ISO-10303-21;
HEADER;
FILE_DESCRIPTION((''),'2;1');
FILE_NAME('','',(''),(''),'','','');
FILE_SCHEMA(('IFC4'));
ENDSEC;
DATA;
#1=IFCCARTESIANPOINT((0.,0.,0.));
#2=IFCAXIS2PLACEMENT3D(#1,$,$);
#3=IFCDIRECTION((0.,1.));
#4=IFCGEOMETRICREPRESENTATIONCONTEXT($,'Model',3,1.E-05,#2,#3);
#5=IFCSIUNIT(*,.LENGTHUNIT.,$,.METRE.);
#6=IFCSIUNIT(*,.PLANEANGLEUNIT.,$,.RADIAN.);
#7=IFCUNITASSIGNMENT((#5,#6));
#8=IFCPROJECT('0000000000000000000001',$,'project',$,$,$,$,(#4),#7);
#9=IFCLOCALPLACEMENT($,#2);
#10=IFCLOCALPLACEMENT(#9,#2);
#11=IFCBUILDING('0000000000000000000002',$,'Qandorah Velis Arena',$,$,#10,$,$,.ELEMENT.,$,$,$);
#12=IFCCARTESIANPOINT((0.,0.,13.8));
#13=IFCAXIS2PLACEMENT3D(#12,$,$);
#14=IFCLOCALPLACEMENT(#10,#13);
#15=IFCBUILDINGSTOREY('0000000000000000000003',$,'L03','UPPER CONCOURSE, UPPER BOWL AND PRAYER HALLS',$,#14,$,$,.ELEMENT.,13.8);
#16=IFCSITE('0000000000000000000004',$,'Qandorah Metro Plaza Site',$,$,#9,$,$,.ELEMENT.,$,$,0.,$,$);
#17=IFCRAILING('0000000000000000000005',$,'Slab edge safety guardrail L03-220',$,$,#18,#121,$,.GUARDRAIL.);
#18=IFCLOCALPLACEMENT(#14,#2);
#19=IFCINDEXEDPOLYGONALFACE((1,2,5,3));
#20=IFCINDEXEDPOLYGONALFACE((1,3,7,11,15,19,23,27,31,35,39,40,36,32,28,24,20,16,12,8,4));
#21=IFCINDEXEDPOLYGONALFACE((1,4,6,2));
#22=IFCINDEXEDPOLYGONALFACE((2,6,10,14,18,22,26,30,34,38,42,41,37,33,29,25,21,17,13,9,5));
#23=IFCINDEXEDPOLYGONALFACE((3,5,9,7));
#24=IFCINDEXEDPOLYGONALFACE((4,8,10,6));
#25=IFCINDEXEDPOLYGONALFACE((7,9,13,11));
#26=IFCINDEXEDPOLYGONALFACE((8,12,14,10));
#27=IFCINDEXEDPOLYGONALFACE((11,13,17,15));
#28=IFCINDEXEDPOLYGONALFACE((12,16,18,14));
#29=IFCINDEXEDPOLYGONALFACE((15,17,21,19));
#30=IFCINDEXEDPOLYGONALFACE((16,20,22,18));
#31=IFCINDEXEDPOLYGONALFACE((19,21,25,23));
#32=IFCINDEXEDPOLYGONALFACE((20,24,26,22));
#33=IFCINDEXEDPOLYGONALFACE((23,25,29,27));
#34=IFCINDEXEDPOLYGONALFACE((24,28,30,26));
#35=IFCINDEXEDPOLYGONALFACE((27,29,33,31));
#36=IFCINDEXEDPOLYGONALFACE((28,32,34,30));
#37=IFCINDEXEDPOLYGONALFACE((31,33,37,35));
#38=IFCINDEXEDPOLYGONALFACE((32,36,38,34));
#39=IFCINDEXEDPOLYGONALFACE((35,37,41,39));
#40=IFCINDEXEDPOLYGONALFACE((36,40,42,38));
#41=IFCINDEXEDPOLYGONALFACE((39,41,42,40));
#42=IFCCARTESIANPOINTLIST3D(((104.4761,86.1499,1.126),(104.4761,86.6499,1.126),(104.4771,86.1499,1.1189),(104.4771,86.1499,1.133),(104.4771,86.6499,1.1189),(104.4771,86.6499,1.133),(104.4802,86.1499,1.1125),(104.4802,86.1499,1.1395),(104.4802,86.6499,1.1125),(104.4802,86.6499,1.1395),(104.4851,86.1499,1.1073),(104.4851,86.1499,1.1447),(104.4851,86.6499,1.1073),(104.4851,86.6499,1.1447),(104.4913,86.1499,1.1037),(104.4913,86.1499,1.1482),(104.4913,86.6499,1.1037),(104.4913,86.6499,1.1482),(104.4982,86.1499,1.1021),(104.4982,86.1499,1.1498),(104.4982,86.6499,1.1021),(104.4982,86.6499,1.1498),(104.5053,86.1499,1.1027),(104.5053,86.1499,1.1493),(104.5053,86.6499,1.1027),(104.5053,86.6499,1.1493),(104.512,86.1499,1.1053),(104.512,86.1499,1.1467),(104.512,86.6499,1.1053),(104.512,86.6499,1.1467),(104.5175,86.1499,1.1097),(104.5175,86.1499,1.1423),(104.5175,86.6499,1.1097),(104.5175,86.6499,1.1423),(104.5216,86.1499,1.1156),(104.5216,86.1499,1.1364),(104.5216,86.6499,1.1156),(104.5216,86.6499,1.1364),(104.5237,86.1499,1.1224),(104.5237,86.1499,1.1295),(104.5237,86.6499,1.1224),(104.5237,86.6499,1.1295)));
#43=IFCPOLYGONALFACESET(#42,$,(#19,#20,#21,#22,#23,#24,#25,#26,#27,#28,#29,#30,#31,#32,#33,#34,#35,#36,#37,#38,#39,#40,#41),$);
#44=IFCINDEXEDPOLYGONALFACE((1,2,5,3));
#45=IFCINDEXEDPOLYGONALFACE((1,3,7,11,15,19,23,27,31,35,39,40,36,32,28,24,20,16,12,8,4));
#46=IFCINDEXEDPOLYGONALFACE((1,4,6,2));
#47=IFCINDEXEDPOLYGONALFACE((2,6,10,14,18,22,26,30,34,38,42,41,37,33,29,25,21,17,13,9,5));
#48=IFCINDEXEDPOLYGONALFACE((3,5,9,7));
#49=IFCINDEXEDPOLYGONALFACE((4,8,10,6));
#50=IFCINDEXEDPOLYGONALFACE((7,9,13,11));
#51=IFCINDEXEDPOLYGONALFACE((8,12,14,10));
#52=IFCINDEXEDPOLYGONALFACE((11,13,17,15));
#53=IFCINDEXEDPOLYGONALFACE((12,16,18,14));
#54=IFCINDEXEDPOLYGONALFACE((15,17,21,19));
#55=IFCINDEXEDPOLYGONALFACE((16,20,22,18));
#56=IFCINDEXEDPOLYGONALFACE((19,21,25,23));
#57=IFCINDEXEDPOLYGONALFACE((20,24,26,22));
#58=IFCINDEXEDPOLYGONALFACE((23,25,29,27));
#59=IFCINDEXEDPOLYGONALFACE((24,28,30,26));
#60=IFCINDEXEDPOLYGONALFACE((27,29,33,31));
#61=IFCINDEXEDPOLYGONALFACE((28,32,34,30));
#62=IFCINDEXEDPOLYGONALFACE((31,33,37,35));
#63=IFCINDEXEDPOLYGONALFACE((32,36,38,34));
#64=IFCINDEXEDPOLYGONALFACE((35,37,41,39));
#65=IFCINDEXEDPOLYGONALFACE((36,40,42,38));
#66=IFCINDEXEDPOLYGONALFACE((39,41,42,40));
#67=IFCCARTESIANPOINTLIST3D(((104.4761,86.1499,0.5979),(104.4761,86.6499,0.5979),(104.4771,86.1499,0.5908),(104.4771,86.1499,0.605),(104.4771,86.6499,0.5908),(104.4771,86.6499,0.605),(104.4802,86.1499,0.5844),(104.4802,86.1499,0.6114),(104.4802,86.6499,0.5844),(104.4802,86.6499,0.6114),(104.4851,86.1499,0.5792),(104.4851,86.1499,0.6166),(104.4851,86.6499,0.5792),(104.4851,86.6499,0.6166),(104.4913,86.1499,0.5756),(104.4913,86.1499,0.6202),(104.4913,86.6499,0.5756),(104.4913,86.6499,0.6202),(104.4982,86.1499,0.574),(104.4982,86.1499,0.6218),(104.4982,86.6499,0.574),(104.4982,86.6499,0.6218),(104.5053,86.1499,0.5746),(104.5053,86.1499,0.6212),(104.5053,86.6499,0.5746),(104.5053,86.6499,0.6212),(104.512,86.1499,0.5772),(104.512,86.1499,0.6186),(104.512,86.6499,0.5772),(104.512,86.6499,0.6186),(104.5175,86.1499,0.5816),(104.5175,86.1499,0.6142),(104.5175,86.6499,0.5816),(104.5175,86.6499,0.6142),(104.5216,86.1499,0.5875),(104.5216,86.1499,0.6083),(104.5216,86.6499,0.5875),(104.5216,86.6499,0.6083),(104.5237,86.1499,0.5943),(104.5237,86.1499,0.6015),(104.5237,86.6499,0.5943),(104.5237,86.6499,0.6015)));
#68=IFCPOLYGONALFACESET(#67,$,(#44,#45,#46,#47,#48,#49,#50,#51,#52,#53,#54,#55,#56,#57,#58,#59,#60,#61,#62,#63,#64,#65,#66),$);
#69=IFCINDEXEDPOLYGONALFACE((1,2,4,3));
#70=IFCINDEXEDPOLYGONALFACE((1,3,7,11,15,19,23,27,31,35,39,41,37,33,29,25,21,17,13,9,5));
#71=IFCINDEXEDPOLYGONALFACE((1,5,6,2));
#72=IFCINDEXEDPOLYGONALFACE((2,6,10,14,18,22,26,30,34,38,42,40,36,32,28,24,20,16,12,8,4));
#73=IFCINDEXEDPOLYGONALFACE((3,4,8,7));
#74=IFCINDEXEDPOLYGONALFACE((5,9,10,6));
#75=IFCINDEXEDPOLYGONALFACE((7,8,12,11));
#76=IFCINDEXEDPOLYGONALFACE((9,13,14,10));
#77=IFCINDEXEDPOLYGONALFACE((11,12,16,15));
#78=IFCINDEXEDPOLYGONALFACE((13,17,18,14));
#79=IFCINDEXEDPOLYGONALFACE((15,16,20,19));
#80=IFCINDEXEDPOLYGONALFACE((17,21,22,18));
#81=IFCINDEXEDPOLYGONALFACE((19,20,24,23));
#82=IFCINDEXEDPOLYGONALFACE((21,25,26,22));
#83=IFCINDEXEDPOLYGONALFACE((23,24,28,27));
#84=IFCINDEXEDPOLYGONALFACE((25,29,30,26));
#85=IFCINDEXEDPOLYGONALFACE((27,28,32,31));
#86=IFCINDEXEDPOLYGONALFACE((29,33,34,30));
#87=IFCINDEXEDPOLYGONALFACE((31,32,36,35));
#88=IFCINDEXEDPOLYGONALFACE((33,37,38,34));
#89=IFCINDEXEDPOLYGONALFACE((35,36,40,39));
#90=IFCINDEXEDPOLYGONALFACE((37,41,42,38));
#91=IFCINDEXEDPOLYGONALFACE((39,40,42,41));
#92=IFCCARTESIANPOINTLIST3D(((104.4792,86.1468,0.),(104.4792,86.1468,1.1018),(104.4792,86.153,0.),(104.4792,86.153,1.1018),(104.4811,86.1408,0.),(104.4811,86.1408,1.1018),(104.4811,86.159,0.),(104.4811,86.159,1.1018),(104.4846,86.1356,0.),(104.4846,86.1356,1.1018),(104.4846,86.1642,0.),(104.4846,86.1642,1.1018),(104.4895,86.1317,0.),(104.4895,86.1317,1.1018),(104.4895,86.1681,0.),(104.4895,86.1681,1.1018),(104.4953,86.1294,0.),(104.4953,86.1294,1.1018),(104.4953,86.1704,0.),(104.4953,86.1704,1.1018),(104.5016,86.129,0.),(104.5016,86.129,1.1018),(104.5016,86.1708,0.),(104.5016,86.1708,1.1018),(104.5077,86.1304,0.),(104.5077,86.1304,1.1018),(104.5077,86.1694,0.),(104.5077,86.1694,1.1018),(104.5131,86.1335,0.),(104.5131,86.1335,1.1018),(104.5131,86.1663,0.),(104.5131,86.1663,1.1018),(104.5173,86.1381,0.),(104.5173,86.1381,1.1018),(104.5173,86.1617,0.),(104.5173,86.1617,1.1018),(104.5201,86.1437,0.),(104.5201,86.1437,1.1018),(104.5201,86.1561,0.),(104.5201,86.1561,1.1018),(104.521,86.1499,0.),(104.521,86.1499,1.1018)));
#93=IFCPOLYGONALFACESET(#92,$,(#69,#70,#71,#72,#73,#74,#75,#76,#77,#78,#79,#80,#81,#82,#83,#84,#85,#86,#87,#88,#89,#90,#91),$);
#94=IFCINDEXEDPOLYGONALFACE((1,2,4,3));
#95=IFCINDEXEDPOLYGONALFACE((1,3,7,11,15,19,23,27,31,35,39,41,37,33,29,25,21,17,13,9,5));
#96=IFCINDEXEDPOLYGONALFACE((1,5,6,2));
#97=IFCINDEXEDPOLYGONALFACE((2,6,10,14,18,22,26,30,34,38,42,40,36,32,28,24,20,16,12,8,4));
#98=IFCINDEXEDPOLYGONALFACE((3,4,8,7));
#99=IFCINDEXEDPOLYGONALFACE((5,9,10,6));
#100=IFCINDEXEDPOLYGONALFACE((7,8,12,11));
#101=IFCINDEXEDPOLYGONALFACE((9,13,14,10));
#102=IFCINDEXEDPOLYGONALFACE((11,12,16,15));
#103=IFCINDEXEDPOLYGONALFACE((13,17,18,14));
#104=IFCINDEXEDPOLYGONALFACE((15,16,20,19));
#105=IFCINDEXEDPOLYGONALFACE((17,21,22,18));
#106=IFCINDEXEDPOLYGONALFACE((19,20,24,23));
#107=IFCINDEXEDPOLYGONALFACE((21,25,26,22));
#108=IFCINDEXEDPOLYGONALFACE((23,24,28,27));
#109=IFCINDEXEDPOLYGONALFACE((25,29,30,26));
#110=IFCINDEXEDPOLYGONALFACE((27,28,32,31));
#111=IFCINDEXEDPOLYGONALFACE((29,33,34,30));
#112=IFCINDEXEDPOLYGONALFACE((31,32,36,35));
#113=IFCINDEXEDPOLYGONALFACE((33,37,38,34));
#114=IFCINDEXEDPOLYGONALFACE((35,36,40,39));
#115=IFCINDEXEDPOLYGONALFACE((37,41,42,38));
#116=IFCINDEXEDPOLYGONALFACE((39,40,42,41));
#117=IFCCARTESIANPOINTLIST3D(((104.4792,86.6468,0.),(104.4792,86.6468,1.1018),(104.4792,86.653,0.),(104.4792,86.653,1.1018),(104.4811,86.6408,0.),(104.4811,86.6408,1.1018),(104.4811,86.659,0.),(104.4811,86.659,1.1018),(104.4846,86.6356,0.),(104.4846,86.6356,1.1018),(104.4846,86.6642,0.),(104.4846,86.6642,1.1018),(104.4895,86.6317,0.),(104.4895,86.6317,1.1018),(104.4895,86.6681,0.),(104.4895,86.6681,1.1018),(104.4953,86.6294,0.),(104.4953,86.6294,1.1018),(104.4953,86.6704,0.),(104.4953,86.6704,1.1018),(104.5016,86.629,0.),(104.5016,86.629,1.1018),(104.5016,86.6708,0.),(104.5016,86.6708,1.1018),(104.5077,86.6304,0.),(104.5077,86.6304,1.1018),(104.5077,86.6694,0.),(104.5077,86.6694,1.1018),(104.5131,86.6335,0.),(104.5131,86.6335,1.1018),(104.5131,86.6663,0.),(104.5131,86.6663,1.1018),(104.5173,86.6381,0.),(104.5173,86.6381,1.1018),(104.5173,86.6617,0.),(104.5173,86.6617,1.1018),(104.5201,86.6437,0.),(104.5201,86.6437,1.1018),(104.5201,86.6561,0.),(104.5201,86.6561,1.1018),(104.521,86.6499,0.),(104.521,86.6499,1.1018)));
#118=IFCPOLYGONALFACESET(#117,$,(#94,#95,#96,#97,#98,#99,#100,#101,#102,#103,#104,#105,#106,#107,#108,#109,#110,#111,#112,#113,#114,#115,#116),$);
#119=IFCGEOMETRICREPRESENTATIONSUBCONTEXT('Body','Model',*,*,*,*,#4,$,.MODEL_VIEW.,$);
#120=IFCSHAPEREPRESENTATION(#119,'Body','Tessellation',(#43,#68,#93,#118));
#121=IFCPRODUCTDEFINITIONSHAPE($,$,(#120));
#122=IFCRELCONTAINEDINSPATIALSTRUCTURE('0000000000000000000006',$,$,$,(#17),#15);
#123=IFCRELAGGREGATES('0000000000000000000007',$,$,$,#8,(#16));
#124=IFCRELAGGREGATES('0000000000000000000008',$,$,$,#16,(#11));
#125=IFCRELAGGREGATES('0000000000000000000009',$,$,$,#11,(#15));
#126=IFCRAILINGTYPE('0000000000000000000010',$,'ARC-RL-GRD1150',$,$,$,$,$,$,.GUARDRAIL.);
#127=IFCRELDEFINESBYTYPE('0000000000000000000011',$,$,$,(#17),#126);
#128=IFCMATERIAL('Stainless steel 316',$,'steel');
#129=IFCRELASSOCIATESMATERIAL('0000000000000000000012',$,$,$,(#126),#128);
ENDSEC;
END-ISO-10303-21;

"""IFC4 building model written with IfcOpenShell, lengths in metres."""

from ifc_helpers import new_model, si_unit, direction, frame, origin, origin_2d, place, context, subcontext, project, spatial, circle, extrude, material, type_object, element, save


model = new_model("IFC4")

# Units and contexts
model_context = context("Model", 3, precision=1e-05, world=origin(), true_north=direction((0.0, 1.0)))
body_context = subcontext(model_context, "Body", "Model", "MODEL_VIEW")
ifc_project = project(units=[si_unit("LENGTHUNIT", "METRE"), si_unit("PLANEANGLEUNIT", "RADIAN")], contexts=[model_context])

# Site, building, storey
site_placement = place(None, origin())
site = spatial("IfcSite", under=ifc_project, at=site_placement, Name="Qandorah Metro Plaza Site", CompositionType="ELEMENT", RefElevation=0.0)
building_placement = place(site_placement, origin())
building = spatial("IfcBuilding", under=site, at=building_placement, Name="Qandorah Velis Arena", CompositionType="ELEMENT")
storey_placement = place(building_placement, frame((0.0, 0.0, 13.8)))
storey = spatial("IfcBuildingStorey", under=building, at=storey_placement, Name="L03", Description="UPPER CONCOURSE, UPPER BOWL AND PRAYER HALLS", CompositionType="ELEMENT", Elevation=13.8)

# Railing
ifc_material_1 = material(Name="Stainless steel 316", Category="steel")
railing_type = type_object("IfcRailingType", Name="ARC-RL-GRD1150", PredefinedType="GUARDRAIL", material=ifc_material_1)
for number, where, name in (
    (1, (104.5, 86.1499, 0.0), "Slab edge safety guardrail L03-220"),
):
    element("IfcRailing", number, at=place(storey_placement, frame(where)), inside=storey, type_object=railing_type, Name=name, PredefinedType="GUARDRAIL", context=body_context, shape_type="SweptSolid", body=[
        extrude(circle(Radius=0.0239, at=origin_2d()), frame((0.0, 0.0, 1.126), z_axis=(0.0, 1.0, 0.0), x_axis=(-1.0, 0.0, 0.0)), (0.0, 0.0, 1.0), 0.5),
        extrude(circle(Radius=0.0239, at=origin_2d()), frame((0.0, 0.0, 0.5979), z_axis=(0.0, 1.0, 0.0), x_axis=(-1.0, 0.0, 0.0)), (0.0, 0.0, 1.0), 0.5),
        extrude(circle(Radius=0.021, at=origin_2d()), origin(), (0.0, 0.0, 1.0), 1.1018),
        extrude(circle(Radius=0.021, at=origin_2d()), frame((0.0, 0.5, 0.0)), (0.0, 0.0, 1.0), 1.1018),
    ])

save(model, "model.ifc")
